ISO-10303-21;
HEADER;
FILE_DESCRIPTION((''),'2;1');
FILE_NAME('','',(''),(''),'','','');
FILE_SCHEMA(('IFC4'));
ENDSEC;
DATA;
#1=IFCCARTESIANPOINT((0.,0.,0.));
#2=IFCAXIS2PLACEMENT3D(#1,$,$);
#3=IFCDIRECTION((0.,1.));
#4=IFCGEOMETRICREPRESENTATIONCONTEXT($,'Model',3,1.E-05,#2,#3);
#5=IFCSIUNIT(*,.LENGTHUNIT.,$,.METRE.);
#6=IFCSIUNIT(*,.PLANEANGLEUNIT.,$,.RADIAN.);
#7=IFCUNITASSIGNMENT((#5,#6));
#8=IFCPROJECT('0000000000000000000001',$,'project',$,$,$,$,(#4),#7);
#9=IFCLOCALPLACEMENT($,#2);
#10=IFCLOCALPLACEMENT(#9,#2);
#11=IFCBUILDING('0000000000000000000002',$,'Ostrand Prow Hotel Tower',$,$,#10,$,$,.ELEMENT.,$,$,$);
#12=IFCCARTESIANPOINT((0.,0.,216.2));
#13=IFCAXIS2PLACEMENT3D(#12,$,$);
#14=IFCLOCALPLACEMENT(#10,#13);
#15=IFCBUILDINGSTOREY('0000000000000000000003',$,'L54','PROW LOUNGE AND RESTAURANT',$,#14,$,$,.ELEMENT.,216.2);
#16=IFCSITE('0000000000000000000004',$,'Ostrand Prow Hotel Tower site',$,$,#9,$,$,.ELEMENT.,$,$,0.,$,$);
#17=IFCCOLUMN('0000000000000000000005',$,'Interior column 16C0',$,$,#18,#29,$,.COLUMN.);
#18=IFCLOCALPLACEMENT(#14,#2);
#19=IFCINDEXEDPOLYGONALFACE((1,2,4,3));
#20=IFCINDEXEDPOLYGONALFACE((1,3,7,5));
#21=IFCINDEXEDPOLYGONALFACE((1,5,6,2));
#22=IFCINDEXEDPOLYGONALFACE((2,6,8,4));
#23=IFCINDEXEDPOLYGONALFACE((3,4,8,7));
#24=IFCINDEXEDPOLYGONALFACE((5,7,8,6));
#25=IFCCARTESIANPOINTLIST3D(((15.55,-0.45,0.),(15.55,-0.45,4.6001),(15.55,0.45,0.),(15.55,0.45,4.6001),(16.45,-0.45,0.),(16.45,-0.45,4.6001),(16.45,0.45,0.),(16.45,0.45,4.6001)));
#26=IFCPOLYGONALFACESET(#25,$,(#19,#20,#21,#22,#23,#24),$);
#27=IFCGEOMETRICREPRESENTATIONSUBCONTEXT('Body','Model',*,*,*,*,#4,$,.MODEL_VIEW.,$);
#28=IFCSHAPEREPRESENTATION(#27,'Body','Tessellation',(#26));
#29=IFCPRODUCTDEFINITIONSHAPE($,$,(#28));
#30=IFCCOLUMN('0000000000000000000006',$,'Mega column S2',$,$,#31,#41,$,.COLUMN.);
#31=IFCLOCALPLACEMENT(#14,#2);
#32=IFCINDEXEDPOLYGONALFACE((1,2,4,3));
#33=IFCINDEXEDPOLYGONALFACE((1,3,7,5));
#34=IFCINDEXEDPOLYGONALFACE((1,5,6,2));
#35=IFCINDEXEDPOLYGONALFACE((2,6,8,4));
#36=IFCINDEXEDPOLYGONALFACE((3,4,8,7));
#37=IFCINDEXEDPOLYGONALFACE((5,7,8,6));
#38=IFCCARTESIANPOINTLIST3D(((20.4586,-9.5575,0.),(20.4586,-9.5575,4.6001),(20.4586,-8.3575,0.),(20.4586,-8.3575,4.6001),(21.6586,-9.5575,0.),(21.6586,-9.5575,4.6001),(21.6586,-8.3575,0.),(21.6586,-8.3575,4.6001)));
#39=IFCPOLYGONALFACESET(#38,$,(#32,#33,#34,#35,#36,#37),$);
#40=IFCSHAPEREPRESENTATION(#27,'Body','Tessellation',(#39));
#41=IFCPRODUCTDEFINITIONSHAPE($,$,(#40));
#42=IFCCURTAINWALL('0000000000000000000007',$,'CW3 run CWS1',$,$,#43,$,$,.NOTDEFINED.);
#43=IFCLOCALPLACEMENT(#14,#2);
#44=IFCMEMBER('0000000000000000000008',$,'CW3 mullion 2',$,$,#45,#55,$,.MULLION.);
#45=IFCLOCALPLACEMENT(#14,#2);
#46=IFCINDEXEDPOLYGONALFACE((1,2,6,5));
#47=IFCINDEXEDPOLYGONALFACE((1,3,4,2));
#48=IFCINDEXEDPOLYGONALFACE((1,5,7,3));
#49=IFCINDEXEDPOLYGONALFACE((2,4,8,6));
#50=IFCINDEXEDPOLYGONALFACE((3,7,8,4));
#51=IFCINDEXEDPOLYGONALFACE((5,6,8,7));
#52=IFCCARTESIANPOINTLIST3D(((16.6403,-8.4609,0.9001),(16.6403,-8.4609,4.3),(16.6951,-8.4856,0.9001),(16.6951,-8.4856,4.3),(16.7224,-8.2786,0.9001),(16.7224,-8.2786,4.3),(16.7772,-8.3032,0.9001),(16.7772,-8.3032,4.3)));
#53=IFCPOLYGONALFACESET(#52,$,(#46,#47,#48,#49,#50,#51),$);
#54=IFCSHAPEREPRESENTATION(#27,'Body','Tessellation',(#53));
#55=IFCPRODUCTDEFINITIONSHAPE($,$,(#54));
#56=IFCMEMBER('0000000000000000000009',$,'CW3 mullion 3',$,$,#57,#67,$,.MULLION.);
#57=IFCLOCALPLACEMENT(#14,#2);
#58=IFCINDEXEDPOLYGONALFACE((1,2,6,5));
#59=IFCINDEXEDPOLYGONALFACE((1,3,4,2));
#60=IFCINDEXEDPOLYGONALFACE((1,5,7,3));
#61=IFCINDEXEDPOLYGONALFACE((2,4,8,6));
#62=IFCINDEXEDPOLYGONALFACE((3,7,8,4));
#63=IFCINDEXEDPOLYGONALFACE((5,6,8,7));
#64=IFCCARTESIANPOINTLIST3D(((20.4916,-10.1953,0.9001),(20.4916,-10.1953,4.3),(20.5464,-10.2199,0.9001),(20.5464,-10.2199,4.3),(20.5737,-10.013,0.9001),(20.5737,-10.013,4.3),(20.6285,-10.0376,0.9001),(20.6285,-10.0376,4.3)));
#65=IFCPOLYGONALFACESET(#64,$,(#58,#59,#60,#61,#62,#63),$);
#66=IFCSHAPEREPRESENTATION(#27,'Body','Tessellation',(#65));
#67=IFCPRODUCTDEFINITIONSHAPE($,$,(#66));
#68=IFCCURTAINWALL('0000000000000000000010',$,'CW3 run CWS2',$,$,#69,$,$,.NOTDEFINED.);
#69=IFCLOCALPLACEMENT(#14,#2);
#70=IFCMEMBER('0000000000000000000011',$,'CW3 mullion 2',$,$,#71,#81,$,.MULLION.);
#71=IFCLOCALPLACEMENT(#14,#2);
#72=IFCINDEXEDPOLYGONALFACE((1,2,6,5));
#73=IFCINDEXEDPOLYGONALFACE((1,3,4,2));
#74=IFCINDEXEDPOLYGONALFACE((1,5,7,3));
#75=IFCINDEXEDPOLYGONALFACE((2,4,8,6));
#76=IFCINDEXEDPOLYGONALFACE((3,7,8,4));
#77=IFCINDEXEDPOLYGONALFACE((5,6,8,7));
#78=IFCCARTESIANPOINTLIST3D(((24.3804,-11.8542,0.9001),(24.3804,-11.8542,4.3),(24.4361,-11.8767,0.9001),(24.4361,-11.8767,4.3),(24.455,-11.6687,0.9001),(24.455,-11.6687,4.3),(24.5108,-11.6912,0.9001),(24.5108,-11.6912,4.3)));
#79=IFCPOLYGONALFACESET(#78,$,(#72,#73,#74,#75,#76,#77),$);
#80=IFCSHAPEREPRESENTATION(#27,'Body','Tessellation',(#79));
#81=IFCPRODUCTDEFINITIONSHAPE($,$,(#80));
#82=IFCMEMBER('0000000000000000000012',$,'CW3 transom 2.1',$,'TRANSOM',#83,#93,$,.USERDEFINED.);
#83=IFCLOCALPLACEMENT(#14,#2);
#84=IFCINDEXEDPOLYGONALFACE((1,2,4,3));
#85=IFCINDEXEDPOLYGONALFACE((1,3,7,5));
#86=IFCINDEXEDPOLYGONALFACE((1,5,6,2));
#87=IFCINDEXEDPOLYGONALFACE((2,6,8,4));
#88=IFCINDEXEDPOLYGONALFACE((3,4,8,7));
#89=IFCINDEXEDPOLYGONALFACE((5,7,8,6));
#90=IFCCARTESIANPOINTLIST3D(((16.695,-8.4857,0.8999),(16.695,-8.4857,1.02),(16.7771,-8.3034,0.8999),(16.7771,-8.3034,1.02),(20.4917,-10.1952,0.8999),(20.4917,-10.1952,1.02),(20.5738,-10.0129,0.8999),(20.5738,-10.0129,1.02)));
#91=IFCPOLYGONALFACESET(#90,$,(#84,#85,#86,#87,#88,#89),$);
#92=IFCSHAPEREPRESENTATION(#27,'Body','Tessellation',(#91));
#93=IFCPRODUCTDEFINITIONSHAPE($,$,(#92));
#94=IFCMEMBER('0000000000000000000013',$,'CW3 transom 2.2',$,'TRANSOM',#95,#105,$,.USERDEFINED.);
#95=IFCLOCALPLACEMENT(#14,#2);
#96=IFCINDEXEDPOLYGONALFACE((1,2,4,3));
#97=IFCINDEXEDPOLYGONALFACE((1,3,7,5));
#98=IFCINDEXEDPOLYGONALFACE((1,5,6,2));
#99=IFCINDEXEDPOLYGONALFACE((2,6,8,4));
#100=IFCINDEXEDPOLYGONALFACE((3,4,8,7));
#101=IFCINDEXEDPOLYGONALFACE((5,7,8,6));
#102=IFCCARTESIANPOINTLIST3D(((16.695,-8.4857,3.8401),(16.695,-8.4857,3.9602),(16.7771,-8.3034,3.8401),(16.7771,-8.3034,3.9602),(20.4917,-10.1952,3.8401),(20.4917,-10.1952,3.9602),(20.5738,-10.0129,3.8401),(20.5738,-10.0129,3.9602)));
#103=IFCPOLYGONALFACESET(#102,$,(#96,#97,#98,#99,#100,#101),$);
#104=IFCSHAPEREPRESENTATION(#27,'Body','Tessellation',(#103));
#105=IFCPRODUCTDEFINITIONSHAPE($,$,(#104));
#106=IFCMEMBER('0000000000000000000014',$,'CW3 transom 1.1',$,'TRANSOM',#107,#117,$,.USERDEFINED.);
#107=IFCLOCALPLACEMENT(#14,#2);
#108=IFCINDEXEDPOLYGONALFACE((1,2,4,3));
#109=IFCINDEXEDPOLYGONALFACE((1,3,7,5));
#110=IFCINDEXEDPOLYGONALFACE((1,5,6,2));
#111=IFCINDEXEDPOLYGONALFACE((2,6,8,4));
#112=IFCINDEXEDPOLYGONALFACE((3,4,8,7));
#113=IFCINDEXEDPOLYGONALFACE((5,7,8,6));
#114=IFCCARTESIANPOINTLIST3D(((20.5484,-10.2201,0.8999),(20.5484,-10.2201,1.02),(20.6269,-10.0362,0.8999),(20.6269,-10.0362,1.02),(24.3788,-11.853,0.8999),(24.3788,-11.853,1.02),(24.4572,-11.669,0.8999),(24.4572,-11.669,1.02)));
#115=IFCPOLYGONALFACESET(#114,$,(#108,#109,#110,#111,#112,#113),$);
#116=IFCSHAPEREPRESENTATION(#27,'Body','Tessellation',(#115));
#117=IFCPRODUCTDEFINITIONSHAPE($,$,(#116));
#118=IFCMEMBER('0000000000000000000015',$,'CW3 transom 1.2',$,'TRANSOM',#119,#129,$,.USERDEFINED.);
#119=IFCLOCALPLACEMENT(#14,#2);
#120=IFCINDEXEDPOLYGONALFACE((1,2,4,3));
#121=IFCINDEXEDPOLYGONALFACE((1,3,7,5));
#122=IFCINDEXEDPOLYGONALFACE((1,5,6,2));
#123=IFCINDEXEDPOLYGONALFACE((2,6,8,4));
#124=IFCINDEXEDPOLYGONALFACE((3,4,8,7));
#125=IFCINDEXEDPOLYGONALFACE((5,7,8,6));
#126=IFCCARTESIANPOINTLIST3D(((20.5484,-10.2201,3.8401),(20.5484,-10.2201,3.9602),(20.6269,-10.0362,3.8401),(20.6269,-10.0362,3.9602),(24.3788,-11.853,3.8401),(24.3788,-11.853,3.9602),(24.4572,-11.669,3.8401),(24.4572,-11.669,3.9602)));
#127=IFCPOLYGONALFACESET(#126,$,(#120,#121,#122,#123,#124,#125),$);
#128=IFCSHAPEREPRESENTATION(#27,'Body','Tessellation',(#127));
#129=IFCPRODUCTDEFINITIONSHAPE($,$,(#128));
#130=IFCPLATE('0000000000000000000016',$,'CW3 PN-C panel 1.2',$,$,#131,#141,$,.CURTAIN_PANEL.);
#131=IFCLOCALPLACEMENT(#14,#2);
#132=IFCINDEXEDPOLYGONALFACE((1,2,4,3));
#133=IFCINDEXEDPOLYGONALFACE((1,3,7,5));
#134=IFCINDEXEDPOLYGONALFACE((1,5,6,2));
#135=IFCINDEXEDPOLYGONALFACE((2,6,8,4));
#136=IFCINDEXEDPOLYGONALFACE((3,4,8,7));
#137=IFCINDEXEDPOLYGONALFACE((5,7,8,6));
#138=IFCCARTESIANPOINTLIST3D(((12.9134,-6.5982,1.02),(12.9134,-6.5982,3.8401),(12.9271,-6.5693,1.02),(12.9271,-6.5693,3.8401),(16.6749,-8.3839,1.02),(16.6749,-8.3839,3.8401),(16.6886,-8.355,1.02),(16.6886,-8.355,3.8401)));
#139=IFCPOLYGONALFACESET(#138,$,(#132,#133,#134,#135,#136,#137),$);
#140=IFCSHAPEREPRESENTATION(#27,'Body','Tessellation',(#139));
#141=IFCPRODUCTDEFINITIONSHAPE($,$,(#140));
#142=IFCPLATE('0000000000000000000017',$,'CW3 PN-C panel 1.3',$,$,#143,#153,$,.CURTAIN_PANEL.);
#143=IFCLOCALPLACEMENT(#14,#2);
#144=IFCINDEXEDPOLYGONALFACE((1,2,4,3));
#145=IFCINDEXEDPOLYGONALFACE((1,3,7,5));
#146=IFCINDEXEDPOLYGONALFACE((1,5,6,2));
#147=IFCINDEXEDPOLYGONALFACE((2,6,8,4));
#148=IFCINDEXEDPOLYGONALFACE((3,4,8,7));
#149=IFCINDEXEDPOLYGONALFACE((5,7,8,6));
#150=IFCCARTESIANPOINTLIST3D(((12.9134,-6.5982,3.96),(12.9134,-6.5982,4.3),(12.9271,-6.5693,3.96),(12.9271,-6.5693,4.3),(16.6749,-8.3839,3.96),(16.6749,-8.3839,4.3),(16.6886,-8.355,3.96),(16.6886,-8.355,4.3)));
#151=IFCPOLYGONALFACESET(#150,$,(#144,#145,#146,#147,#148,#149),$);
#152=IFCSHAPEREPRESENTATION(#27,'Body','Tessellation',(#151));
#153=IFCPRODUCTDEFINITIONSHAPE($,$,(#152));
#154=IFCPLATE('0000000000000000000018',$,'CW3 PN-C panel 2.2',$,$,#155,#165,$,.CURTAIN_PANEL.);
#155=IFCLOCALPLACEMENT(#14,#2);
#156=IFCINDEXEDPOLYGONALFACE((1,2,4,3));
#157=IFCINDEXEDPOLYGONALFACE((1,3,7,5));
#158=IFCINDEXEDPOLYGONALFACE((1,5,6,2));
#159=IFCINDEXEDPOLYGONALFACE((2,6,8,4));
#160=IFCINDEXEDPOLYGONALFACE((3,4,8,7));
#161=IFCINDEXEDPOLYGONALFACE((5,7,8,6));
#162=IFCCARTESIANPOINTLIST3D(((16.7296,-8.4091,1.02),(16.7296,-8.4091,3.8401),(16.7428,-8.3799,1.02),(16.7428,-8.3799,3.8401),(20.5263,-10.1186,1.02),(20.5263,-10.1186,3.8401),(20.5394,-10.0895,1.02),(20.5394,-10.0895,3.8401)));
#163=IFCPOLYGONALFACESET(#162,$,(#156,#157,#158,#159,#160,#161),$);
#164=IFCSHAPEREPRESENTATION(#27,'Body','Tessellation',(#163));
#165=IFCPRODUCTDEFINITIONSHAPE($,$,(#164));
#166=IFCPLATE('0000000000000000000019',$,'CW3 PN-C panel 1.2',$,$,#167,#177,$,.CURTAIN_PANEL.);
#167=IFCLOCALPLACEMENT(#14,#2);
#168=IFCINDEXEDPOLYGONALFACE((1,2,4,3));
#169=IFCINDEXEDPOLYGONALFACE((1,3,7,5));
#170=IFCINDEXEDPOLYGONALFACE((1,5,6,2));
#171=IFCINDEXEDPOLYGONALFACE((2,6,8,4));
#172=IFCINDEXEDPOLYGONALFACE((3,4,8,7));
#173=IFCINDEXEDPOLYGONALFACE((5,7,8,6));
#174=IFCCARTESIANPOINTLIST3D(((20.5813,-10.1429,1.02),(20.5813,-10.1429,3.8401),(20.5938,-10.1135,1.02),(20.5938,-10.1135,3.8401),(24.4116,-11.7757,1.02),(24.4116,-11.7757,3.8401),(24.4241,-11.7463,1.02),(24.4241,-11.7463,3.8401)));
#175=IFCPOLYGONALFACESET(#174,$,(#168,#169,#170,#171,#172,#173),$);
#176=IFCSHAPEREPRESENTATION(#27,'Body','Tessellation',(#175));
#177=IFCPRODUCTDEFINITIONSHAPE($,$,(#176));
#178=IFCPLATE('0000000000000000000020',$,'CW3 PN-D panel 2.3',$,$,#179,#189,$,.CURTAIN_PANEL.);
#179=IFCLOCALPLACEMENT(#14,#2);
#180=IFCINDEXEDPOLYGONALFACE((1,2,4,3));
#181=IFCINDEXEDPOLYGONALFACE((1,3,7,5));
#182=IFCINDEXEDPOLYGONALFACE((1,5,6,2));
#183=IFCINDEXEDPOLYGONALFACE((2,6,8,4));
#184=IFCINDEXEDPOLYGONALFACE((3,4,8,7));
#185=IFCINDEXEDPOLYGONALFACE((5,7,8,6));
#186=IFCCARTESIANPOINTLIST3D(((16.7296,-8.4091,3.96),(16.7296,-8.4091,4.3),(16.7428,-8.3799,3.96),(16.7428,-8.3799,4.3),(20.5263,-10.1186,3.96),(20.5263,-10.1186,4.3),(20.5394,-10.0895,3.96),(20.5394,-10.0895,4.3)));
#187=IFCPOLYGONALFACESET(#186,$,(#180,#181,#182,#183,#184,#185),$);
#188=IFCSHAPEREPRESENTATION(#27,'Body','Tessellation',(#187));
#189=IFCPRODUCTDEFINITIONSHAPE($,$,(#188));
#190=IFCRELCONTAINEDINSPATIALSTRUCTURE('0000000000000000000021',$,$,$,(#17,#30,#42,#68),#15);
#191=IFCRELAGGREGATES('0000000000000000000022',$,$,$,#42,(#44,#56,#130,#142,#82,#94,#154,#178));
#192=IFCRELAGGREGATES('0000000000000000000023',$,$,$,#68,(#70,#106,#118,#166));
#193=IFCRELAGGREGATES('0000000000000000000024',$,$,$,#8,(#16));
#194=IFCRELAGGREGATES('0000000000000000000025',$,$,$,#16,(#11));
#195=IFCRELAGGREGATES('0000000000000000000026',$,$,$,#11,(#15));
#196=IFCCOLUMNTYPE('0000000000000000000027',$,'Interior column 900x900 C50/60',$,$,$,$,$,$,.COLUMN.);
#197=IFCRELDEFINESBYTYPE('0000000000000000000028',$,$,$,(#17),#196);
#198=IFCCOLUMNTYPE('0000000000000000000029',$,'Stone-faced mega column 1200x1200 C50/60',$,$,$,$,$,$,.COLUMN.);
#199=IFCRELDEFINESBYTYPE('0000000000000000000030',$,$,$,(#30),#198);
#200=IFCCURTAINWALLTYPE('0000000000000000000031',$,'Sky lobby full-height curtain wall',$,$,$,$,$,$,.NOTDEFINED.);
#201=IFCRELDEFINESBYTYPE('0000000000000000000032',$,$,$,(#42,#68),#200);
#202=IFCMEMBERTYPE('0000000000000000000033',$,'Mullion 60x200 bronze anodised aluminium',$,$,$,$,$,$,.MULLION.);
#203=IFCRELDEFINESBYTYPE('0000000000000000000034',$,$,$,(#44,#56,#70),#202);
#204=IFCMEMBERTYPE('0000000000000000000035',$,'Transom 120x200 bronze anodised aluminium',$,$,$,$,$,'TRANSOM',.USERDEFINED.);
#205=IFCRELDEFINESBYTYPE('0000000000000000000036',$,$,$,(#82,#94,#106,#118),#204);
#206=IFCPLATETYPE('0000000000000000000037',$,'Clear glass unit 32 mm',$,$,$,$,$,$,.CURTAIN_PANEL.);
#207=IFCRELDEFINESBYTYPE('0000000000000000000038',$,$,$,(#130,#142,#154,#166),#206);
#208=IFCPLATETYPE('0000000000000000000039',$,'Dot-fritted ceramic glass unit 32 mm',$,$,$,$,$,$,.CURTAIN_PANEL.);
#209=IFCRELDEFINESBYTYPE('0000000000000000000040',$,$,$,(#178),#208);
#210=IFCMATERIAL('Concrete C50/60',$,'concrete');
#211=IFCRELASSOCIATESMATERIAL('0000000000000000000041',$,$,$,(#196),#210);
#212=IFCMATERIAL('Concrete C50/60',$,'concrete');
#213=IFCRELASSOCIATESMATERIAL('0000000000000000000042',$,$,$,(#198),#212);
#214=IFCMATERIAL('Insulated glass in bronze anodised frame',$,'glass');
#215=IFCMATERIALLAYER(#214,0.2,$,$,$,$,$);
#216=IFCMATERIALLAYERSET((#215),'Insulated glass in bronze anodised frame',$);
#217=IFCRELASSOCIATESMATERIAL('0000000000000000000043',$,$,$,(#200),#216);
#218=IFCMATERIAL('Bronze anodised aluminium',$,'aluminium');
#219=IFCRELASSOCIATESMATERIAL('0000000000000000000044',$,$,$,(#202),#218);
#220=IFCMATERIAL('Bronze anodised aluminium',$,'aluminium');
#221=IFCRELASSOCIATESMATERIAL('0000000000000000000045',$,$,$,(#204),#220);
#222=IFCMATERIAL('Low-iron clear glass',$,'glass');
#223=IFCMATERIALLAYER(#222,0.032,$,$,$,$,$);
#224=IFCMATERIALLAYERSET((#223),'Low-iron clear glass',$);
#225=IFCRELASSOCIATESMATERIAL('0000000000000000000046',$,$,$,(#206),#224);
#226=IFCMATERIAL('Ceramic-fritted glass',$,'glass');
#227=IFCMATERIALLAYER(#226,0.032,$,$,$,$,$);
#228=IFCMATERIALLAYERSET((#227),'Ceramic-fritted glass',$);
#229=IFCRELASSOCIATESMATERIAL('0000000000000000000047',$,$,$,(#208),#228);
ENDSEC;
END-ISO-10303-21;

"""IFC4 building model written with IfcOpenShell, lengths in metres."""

from ifc_helpers import new_model, si_unit, direction, frame, origin, origin_2d, place, context, subcontext, project, spatial, rectangle, extrude, material, layer, layer_set, material_profile, profile_set, type_object, element, aggregate, save


model = new_model("IFC4")

# Units and contexts
model_context = context("Model", 3, precision=1e-05, world=origin(), true_north=direction((0.0, 1.0)))
body_context = subcontext(model_context, "Body", "Model", "MODEL_VIEW")
ifc_project = project(units=[si_unit("LENGTHUNIT", "METRE"), si_unit("PLANEANGLEUNIT", "RADIAN")], contexts=[model_context])

# Site, building, storey
site_placement = place(None, origin())
site = spatial("IfcSite", under=ifc_project, at=site_placement, Name="Ostrand Prow Hotel Tower site", CompositionType="ELEMENT", RefElevation=0.0)
building_placement = place(site_placement, origin())
building = spatial("IfcBuilding", under=site, at=building_placement, Name="Ostrand Prow Hotel Tower", CompositionType="ELEMENT")
storey_placement = place(building_placement, frame((0.0, 0.0, 216.2)))
storey = spatial("IfcBuildingStorey", under=building, at=storey_placement, Name="L54", Description="PROW LOUNGE AND RESTAURANT", CompositionType="ELEMENT", Elevation=216.2)

# Columns
ifc_material_1 = material(Name="Concrete C50/60", Category="concrete")
ifc_material_profile_1 = material_profile(ifc_material_1, rectangle(XDim=0.8999, YDim=0.8999, at=origin_2d()), Name="RC 900x900")
ifc_profile_set_1 = profile_set([ifc_material_profile_1], Name="Concrete C50/60")
column_type_1 = type_object("IfcColumnType", Name="Interior column 900x900 C50/60", PredefinedType="COLUMN", material=ifc_profile_set_1)
column_1_placement = place(storey_placement, frame((16.0, 0.0, 0.0), z_axis=(0.0, 0.0, 1.0), x_axis=(1.0, 0.0, 0.0)))
element("IfcColumn", 1, at=column_1_placement, inside=storey, type_object=column_type_1, Name="Interior column 16C0", PredefinedType="COLUMN", context=body_context, shape_type="SweptSolid", body=[
    extrude(rectangle(XDim=0.8999, YDim=0.8999, at=origin_2d()), origin(), (0.0, 0.0, 1.0), 4.6001),
])
ifc_material_2 = material(Name="Concrete C50/60", Category="concrete")
ifc_material_profile_2 = material_profile(ifc_material_2, rectangle(XDim=1.2, YDim=1.2, at=origin_2d()), Name="RC 1200x1200")
ifc_profile_set_2 = profile_set([ifc_material_profile_2], Name="Concrete C50/60")
column_type_2 = type_object("IfcColumnType", Name="Stone-faced mega column 1200x1200 C50/60", PredefinedType="COLUMN", material=ifc_profile_set_2)
column_2_placement = place(storey_placement, frame((21.0586, -8.9575, 0.0), z_axis=(0.0, 0.0, 1.0), x_axis=(1.0, 0.0, 0.0)))
element("IfcColumn", 2, at=column_2_placement, inside=storey, type_object=column_type_2, Name="Mega column S2", PredefinedType="COLUMN", context=body_context, shape_type="SweptSolid", body=[
    extrude(rectangle(XDim=1.2, YDim=1.2, at=origin_2d()), origin(), (0.0, 0.0, 1.0), 4.6001),
])

# Curtain wall, members
ifc_material_3 = material(Name="Insulated glass in bronze anodised frame", Category="glass")
ifc_layer_1 = layer(ifc_material_3, 0.2)
ifc_layer_set_1 = layer_set([ifc_layer_1], Name="Insulated glass in bronze anodised frame")
curtain_wall_type = type_object("IfcCurtainWallType", Name="Sky lobby full-height curtain wall", PredefinedType="NOTDEFINED", material=ifc_layer_set_1)
curtain_wall_1_placement = place(storey_placement, origin())
curtain_wall_1 = element("IfcCurtainWall", 3, at=curtain_wall_1_placement, inside=storey, type_object=curtain_wall_type, Name="CW3 run CWS1", PredefinedType="NOTDEFINED")
ifc_material_4 = material(Name="Bronze anodised aluminium", Category="aluminium")
ifc_material_profile_3 = material_profile(ifc_material_4, rectangle(XDim=0.2, YDim=0.0601, at=origin_2d()), Name="Mullion 60x200 bronze anodised aluminium")
ifc_profile_set_3 = profile_set([ifc_material_profile_3], Name="Bronze anodised aluminium")
member_type_1 = type_object("IfcMemberType", Name="Mullion 60x200 bronze anodised aluminium", PredefinedType="MULLION", material=ifc_profile_set_3)
member_1_placement = place(storey_placement, frame((16.7087, -8.3821, 0.9001), z_axis=(0.0, 0.0, 1.0), x_axis=(0.410582, 0.911824, 0.0)))
member_1 = element("IfcMember", 4, at=member_1_placement, type_object=member_type_1, Name="CW3 mullion 2", PredefinedType="MULLION", context=body_context, shape_type="SweptSolid", body=[
    extrude(rectangle(XDim=0.2, YDim=0.0601, at=origin_2d()), origin(), (0.0, 0.0, 1.0), 3.3999),
])
member_2_placement = place(storey_placement, frame((20.5601, -10.1165, 0.9001), z_axis=(0.0, 0.0, 1.0), x_axis=(0.410582, 0.911824, 0.0)))
member_2 = element("IfcMember", 5, at=member_2_placement, type_object=member_type_1, Name="CW3 mullion 3", PredefinedType="MULLION", context=body_context, shape_type="SweptSolid", body=[
    extrude(rectangle(XDim=0.2, YDim=0.0601, at=origin_2d()), origin(), (0.0, 0.0, 1.0), 3.3999),
])

# Curtain wall, member
curtain_wall_2_placement = place(storey_placement, origin())
curtain_wall_2 = element("IfcCurtainWall", 6, at=curtain_wall_2_placement, inside=storey, type_object=curtain_wall_type, Name="CW3 run CWS2", PredefinedType="NOTDEFINED")
member_3_placement = place(storey_placement, frame((24.4456, -11.7727, 0.9001), z_axis=(0.0, 0.0, 1.0), x_axis=(0.373533, 0.927617, 0.0)))
member_3 = element("IfcMember", 7, at=member_3_placement, type_object=member_type_1, Name="CW3 mullion 2", PredefinedType="MULLION", context=body_context, shape_type="SweptSolid", body=[
    extrude(rectangle(XDim=0.2, YDim=0.0601, at=origin_2d()), origin(), (0.0, 0.0, 1.0), 3.3999),
])

# Members
ifc_material_5 = material(Name="Bronze anodised aluminium", Category="aluminium")
ifc_material_profile_4 = material_profile(ifc_material_5, rectangle(XDim=0.2, YDim=0.1201, at=origin_2d()), Name="Transom 120x200 bronze anodised aluminium")
ifc_profile_set_4 = profile_set([ifc_material_profile_4], Name="Bronze anodised aluminium")
member_type_2 = type_object("IfcMemberType", Name="Transom 120x200 bronze anodised aluminium", ElementType="TRANSOM", PredefinedType="USERDEFINED", material=ifc_profile_set_4)
member_4_placement = place(storey_placement, frame((16.7361, -8.3945, 0.96), z_axis=(0.911833, -0.410562, 0.0), x_axis=(0.410562, 0.911833, 0.0)))
member_4 = element("IfcMember", 8, at=member_4_placement, type_object=member_type_2, Name="CW3 transom 2.1", ObjectType="TRANSOM", PredefinedType="USERDEFINED", context=body_context, shape_type="SweptSolid", body=[
    extrude(rectangle(XDim=0.2, YDim=0.1201, at=origin_2d()), origin(), (0.0, 0.0, 1.0), 4.1638),
])
member_5_placement = place(storey_placement, frame((16.7361, -8.3945, 3.9001), z_axis=(0.911833, -0.410562, 0.0), x_axis=(0.410562, 0.911833, 0.0)))
member_5 = element("IfcMember", 9, at=member_5_placement, type_object=member_type_2, Name="CW3 transom 2.2", ObjectType="TRANSOM", PredefinedType="USERDEFINED", context=body_context, shape_type="SweptSolid", body=[
    extrude(rectangle(XDim=0.2, YDim=0.1201, at=origin_2d()), origin(), (0.0, 0.0, 1.0), 4.1638),
])
member_6_placement = place(storey_placement, frame((20.5876, -10.1282, 0.96), z_axis=(0.919905, -0.392142, 0.0), x_axis=(0.392142, 0.919905, 0.0)))
member_6 = element("IfcMember", 10, at=member_6_placement, type_object=member_type_2, Name="CW3 transom 1.1", ObjectType="TRANSOM", PredefinedType="USERDEFINED", context=body_context, shape_type="SweptSolid", body=[
    extrude(rectangle(XDim=0.2, YDim=0.1201, at=origin_2d()), origin(), (0.0, 0.0, 1.0), 4.1638),
])
member_7_placement = place(storey_placement, frame((20.5876, -10.1282, 3.9001), z_axis=(0.919905, -0.392142, 0.0), x_axis=(0.392142, 0.919905, 0.0)))
member_7 = element("IfcMember", 11, at=member_7_placement, type_object=member_type_2, Name="CW3 transom 1.2", ObjectType="TRANSOM", PredefinedType="USERDEFINED", context=body_context, shape_type="SweptSolid", body=[
    extrude(rectangle(XDim=0.2, YDim=0.1201, at=origin_2d()), origin(), (0.0, 0.0, 1.0), 4.1638),
])

# Plates
ifc_material_6 = material(Name="Low-iron clear glass", Category="glass")
ifc_layer_2 = layer(ifc_material_6, 0.032)
ifc_layer_set_2 = layer_set([ifc_layer_2], Name="Low-iron clear glass")
plate_type_1 = type_object("IfcPlateType", Name="Clear glass unit 32 mm", PredefinedType="CURTAIN_PANEL", material=ifc_layer_set_2)
plate_1_placement = place(storey_placement, frame((14.801, -7.4766, 1.02), z_axis=(0.0, 0.0, 1.0), x_axis=(0.90337, -0.428861, 0.0)))
plate_1 = element("IfcPlate", 12, at=plate_1_placement, type_object=plate_type_1, Name="CW3 PN-C panel 1.2", PredefinedType="CURTAIN_PANEL", context=body_context, shape_type="SweptSolid", body=[
    extrude(rectangle(XDim=4.1638, YDim=0.032, at=origin_2d()), origin(), (0.0, 0.0, 1.0), 2.8201),
])
plate_2_placement = place(storey_placement, frame((14.801, -7.4766, 3.96), z_axis=(0.0, 0.0, 1.0), x_axis=(0.90337, -0.428861, 0.0)))
plate_2 = element("IfcPlate", 13, at=plate_2_placement, type_object=plate_type_1, Name="CW3 PN-C panel 1.3", PredefinedType="CURTAIN_PANEL", context=body_context, shape_type="SweptSolid", body=[
    extrude(rectangle(XDim=4.1638, YDim=0.032, at=origin_2d()), origin(), (0.0, 0.0, 1.0), 0.3401),
])
plate_3_placement = place(storey_placement, frame((18.6345, -9.2493, 1.02), z_axis=(0.0, 0.0, 1.0), x_axis=(0.911824, -0.410582, 0.0)))
plate_3 = element("IfcPlate", 14, at=plate_3_placement, type_object=plate_type_1, Name="CW3 PN-C panel 2.2", PredefinedType="CURTAIN_PANEL", context=body_context, shape_type="SweptSolid", body=[
    extrude(rectangle(XDim=4.1638, YDim=0.032, at=origin_2d()), origin(), (0.0, 0.0, 1.0), 2.8201),
])
plate_4_placement = place(storey_placement, frame((22.5027, -10.9446, 1.02), z_axis=(0.0, 0.0, 1.0), x_axis=(0.919907, -0.392136, 0.0)))
plate_4 = element("IfcPlate", 15, at=plate_4_placement, type_object=plate_type_1, Name="CW3 PN-C panel 1.2", PredefinedType="CURTAIN_PANEL", context=body_context, shape_type="SweptSolid", body=[
    extrude(rectangle(XDim=4.1638, YDim=0.032, at=origin_2d()), origin(), (0.0, 0.0, 1.0), 2.8201),
])
ifc_material_7 = material(Name="Ceramic-fritted glass", Category="glass")
ifc_layer_3 = layer(ifc_material_7, 0.032)
ifc_layer_set_3 = layer_set([ifc_layer_3], Name="Ceramic-fritted glass")
plate_type_2 = type_object("IfcPlateType", Name="Dot-fritted ceramic glass unit 32 mm", PredefinedType="CURTAIN_PANEL", material=ifc_layer_set_3)
plate_5_placement = place(storey_placement, frame((18.6345, -9.2493, 3.96), z_axis=(0.0, 0.0, 1.0), x_axis=(0.911824, -0.410582, 0.0)))
plate_5 = element("IfcPlate", 16, at=plate_5_placement, type_object=plate_type_2, Name="CW3 PN-D panel 2.3", PredefinedType="CURTAIN_PANEL", context=body_context, shape_type="SweptSolid", body=[
    extrude(rectangle(XDim=4.1638, YDim=0.032, at=origin_2d()), origin(), (0.0, 0.0, 1.0), 0.3401),
])
aggregate(curtain_wall_1, [member_1, member_2, plate_1, plate_2, member_4, member_5, plate_3, plate_5])
aggregate(curtain_wall_2, [member_3, member_6, member_7, plate_4])

save(model, "model.ifc")
